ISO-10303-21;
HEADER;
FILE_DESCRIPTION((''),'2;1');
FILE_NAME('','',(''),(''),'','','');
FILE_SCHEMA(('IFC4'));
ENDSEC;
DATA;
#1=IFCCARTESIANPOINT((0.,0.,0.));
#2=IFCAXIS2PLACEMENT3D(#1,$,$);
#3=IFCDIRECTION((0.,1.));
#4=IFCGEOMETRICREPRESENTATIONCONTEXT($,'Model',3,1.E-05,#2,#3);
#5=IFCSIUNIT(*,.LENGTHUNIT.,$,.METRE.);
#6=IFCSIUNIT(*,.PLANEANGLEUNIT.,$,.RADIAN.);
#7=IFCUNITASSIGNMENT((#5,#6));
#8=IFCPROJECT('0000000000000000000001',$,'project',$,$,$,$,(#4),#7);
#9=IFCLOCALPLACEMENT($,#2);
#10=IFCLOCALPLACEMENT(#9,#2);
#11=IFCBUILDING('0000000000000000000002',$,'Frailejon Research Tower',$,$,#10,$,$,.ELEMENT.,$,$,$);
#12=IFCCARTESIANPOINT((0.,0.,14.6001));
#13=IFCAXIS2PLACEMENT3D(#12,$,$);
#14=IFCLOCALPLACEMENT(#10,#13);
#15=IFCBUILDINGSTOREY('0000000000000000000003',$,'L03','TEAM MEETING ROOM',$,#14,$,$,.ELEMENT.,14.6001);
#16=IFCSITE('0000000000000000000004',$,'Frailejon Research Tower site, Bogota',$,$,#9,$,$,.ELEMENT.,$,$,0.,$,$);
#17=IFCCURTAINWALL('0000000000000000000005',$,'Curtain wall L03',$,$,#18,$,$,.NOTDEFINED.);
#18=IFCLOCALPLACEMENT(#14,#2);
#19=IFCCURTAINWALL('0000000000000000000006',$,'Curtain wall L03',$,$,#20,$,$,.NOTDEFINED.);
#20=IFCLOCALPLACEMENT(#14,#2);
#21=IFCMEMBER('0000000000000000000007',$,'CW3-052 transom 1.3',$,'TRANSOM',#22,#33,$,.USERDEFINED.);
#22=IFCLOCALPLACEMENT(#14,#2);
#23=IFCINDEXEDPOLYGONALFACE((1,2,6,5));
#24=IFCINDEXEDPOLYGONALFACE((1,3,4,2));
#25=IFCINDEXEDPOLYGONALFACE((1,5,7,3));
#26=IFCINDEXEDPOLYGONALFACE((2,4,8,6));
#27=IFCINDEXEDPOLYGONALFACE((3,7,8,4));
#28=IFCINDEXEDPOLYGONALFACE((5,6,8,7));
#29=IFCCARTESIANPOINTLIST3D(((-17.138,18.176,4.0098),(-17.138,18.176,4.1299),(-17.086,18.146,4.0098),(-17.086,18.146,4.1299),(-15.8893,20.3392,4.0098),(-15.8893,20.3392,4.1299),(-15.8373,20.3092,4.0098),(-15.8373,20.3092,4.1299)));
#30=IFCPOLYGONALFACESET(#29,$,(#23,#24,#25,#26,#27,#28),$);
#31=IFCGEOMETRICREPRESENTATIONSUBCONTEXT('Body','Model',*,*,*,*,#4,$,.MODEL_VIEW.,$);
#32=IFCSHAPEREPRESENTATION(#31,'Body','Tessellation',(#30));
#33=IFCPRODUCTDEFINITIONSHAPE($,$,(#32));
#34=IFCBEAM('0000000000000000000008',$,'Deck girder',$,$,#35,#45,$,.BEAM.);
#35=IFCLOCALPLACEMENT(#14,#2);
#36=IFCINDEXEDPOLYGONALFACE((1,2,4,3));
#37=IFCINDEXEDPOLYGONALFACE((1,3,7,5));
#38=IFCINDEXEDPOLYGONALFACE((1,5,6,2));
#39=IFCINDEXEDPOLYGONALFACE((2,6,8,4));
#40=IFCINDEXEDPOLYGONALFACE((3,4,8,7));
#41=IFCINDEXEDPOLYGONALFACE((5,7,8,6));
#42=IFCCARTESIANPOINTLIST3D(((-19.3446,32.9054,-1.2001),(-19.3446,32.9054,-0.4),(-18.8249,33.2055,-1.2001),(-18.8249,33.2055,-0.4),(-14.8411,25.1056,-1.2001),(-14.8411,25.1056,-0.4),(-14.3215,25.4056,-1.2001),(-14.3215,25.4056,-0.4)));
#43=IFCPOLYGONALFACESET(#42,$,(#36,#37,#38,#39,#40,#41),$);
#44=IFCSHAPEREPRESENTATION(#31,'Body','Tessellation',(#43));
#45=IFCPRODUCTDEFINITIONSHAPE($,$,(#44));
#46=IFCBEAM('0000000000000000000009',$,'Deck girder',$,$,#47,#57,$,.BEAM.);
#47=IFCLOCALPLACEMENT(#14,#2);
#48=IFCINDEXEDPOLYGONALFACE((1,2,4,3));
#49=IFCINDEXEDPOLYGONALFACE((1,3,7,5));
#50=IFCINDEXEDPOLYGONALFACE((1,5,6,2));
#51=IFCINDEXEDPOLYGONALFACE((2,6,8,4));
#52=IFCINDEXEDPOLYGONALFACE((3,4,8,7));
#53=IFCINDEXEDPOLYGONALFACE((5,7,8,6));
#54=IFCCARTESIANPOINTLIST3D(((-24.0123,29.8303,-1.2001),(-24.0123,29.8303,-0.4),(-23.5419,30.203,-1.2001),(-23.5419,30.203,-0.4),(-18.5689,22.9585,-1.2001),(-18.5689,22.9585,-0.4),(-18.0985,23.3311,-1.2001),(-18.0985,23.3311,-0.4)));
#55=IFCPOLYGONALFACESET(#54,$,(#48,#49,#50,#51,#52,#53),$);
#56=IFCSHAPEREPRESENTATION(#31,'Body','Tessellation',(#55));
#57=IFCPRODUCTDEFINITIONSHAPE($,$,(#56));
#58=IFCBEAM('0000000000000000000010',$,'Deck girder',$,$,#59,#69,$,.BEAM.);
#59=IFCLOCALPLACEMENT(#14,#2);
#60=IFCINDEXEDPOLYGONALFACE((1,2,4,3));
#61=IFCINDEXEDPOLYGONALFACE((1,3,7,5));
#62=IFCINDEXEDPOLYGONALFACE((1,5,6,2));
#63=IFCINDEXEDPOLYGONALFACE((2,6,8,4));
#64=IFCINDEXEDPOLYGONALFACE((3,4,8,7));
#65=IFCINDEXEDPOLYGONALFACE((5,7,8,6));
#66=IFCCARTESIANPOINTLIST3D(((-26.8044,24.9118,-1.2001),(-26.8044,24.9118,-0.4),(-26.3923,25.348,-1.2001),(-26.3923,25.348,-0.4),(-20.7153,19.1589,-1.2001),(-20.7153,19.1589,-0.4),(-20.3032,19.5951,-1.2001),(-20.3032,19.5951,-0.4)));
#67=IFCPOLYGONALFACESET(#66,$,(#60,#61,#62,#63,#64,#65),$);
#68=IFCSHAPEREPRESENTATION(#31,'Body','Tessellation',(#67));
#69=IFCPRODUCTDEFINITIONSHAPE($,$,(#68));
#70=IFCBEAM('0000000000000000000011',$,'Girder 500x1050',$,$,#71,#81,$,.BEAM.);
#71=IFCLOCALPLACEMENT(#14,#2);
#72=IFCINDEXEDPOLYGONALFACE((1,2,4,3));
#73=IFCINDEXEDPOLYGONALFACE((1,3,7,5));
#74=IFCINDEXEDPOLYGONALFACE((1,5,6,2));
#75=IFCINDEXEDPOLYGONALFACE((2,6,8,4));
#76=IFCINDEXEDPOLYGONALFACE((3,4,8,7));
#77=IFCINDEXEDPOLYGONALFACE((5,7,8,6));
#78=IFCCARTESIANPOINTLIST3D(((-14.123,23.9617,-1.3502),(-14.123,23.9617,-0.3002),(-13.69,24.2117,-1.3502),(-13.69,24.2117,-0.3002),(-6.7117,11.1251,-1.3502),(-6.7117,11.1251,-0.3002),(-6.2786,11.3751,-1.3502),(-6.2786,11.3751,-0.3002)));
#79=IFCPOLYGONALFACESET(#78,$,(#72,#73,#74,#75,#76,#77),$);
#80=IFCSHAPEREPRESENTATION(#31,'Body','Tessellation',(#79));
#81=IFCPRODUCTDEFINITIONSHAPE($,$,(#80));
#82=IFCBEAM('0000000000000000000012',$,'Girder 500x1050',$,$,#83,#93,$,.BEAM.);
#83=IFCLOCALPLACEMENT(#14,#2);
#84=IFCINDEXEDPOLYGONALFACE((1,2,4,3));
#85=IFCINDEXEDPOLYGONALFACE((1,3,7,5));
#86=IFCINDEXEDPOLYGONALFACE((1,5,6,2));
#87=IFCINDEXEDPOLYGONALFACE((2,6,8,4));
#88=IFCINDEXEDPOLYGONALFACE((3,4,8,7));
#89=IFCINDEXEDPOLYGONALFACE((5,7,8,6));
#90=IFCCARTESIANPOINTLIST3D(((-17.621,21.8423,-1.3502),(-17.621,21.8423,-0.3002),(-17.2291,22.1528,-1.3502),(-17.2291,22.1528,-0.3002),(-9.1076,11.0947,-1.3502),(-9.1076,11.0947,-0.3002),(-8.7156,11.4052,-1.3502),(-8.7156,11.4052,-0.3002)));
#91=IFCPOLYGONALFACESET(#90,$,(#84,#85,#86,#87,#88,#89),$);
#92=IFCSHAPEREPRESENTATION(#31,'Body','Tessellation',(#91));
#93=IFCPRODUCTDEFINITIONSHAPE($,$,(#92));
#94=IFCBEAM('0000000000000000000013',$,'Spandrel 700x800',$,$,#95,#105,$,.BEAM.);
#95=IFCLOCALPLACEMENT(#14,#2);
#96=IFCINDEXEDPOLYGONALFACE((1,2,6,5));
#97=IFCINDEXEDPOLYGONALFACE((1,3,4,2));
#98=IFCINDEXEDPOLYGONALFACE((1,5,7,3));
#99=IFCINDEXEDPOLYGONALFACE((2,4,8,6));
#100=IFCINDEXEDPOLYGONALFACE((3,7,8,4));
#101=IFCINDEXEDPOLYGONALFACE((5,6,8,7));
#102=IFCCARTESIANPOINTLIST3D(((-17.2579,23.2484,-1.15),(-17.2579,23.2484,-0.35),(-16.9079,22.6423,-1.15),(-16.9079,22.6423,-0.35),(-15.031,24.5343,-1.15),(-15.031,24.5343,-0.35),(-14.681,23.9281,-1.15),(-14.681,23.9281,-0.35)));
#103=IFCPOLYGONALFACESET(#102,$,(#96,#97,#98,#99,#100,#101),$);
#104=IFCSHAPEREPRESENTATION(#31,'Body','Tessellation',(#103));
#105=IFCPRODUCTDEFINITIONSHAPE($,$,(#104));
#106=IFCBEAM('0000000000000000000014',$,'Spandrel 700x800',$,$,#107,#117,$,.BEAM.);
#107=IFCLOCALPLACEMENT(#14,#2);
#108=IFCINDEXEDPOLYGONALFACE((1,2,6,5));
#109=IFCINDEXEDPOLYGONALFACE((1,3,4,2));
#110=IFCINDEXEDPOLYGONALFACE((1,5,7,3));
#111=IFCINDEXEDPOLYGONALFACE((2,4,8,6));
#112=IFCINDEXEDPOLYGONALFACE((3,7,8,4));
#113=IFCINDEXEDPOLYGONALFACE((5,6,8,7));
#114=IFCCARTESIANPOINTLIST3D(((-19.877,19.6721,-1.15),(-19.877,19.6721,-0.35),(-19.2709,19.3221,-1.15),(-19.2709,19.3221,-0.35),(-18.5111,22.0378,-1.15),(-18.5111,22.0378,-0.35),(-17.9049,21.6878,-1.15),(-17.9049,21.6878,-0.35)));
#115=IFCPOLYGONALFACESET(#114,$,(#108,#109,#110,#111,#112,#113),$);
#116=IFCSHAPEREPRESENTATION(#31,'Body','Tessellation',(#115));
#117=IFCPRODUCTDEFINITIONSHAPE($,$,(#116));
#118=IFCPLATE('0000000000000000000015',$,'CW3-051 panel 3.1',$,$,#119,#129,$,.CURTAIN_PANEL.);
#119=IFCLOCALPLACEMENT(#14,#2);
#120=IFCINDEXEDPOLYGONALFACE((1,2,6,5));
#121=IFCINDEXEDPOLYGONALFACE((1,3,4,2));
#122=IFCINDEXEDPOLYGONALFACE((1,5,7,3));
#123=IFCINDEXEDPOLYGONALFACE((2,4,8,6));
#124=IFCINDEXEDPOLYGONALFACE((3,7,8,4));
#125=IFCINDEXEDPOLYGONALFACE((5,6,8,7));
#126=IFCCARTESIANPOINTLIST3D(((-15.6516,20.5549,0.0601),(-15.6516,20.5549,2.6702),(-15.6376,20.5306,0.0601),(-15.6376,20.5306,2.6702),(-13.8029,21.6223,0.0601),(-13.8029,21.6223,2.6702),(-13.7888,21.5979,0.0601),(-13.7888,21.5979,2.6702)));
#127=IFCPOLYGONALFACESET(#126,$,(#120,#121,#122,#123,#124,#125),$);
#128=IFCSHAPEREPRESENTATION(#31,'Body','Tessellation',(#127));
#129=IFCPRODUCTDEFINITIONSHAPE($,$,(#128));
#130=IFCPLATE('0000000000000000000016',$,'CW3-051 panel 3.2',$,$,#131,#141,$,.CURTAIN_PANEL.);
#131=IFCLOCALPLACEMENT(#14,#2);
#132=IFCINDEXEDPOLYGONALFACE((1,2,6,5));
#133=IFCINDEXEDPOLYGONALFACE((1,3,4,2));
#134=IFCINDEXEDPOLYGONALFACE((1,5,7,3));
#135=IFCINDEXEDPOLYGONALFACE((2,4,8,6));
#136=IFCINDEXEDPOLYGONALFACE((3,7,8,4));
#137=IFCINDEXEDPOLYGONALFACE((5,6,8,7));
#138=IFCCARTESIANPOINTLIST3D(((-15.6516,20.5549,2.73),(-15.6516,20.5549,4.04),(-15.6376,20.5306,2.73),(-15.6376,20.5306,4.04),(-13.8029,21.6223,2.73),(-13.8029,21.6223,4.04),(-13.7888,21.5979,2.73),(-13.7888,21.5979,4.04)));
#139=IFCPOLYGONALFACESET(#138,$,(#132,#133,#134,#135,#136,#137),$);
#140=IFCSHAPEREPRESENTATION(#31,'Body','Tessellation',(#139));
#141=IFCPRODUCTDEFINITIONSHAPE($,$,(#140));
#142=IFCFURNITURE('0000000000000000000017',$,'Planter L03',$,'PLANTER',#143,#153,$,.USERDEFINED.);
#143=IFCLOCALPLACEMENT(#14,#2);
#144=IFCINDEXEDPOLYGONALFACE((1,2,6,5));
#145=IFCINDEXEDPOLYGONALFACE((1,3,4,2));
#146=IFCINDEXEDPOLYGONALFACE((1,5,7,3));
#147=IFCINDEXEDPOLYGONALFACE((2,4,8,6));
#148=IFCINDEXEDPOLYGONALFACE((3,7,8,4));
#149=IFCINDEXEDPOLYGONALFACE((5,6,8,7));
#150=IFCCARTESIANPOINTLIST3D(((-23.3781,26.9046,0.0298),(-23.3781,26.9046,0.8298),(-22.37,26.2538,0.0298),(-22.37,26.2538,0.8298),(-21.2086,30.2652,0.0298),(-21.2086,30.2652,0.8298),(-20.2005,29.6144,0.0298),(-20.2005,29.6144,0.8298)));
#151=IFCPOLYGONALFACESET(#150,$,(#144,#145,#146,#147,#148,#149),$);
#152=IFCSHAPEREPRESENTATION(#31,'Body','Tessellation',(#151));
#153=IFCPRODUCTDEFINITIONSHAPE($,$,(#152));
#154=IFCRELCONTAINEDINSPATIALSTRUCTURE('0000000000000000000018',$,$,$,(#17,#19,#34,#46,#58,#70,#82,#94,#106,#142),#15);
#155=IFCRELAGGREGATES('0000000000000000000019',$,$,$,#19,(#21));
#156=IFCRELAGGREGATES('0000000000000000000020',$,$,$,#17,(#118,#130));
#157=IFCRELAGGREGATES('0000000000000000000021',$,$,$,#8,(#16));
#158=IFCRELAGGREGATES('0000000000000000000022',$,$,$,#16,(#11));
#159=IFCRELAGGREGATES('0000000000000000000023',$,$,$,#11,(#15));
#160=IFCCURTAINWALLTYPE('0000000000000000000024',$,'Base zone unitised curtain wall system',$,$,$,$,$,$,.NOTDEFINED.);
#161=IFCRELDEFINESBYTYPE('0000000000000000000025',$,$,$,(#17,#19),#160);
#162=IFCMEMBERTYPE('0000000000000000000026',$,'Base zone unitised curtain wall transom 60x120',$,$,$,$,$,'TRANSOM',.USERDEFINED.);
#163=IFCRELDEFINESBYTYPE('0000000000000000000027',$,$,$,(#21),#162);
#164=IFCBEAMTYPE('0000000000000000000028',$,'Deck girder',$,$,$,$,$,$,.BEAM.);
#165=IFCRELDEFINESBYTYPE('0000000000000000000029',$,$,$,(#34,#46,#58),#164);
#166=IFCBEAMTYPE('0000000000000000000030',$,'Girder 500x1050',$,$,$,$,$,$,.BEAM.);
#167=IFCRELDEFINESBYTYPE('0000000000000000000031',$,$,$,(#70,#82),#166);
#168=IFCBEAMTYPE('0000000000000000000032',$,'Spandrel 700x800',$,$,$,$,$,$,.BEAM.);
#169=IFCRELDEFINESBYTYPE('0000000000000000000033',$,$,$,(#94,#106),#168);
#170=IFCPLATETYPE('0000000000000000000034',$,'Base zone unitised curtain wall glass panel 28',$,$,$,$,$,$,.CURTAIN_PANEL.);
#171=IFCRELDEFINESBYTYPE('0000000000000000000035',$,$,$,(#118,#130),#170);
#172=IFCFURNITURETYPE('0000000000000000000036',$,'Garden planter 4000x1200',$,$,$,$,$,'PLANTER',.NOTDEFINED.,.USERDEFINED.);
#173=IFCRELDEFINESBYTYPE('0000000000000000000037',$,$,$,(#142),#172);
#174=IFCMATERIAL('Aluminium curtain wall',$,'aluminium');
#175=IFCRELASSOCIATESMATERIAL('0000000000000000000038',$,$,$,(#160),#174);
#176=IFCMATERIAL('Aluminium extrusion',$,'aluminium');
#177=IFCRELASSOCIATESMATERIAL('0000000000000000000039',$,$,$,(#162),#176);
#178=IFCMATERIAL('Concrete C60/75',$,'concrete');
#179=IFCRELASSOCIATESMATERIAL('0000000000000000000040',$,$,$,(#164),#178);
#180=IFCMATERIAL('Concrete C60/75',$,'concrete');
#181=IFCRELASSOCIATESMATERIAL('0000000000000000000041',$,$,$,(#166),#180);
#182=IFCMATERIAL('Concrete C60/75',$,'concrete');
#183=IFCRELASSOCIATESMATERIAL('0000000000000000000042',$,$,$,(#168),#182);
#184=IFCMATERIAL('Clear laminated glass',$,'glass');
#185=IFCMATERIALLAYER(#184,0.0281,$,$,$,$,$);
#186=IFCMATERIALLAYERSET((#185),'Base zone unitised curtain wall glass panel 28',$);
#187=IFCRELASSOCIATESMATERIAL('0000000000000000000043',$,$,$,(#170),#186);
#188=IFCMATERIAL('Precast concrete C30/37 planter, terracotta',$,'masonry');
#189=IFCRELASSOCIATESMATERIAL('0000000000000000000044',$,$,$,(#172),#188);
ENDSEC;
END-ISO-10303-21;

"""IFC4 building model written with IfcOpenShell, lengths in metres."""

from ifc_helpers import new_model, si_unit, direction, frame, origin, origin_2d, place, context, subcontext, project, spatial, rectangle, extrude, material, layer, layer_set, material_profile, profile_set, type_object, element, aggregate, save


model = new_model("IFC4")

# Units and contexts
model_context = context("Model", 3, precision=1e-05, world=origin(), true_north=direction((0.0, 1.0)))
body_context = subcontext(model_context, "Body", "Model", "MODEL_VIEW")
ifc_project = project(units=[si_unit("LENGTHUNIT", "METRE"), si_unit("PLANEANGLEUNIT", "RADIAN")], contexts=[model_context])

# Site, building, storey
site_placement = place(None, origin())
site = spatial("IfcSite", under=ifc_project, at=site_placement, Name="Frailejon Research Tower site, Bogota", CompositionType="ELEMENT", RefElevation=0.0)
building_placement = place(site_placement, origin())
building = spatial("IfcBuilding", under=site, at=building_placement, Name="Frailejon Research Tower", CompositionType="ELEMENT")
storey_placement = place(building_placement, frame((0.0, 0.0, 14.6001)))
storey = spatial("IfcBuildingStorey", under=building, at=storey_placement, Name="L03", Description="TEAM MEETING ROOM", CompositionType="ELEMENT", Elevation=14.6001)

# Curtain wall
ifc_material_1 = material(Name="Aluminium curtain wall", Category="aluminium")
curtain_wall_type = type_object("IfcCurtainWallType", Name="Base zone unitised curtain wall system", PredefinedType="NOTDEFINED", material=ifc_material_1)
curtain_wall_1_placement = place(storey_placement, origin())
curtain_wall_1 = element("IfcCurtainWall", 1, at=curtain_wall_1_placement, inside=storey, type_object=curtain_wall_type, Name="Curtain wall L03", PredefinedType="NOTDEFINED")

# Curtain wall
curtain_wall_2_placement = place(storey_placement, origin())
curtain_wall_2 = element("IfcCurtainWall", 2, at=curtain_wall_2_placement, inside=storey, type_object=curtain_wall_type, Name="Curtain wall L03", PredefinedType="NOTDEFINED")

# Member
ifc_material_2 = material(Name="Aluminium extrusion", Category="aluminium")
ifc_material_profile_1 = material_profile(ifc_material_2, rectangle(XDim=0.0601, YDim=0.1201, at=origin_2d()), Name="Base zone unitised curtain wall transom 60x120")
ifc_profile_set_1 = profile_set([ifc_material_profile_1], Name="Aluminium extrusion")
member_type_1 = type_object("IfcMemberType", Name="Base zone unitised curtain wall transom 60x120", ElementType="TRANSOM", PredefinedType="USERDEFINED", material=ifc_profile_set_1)
member_1_placement = place(storey_placement, frame((-15.8633, 20.3242, 4.0698), z_axis=(-0.499934, -0.866064, 0.0), x_axis=(0.866064, -0.499934, 0.0)))
member_1 = element("IfcMember", 3, at=member_1_placement, type_object=member_type_1, Name="CW3-052 transom 1.3", ObjectType="TRANSOM", PredefinedType="USERDEFINED", context=body_context, shape_type="SweptSolid", body=[
    extrude(rectangle(XDim=0.0601, YDim=0.1201, at=origin_2d()), origin(), (0.0, 0.0, 1.0), 2.4978),
])
aggregate(curtain_wall_2, [member_1])

# Beams
ifc_material_3 = material(Name="Concrete C60/75", Category="concrete")
ifc_material_profile_2 = material_profile(ifc_material_3, rectangle(XDim=0.6001, YDim=0.8, at=origin_2d()), Name="Deck girder")
ifc_profile_set_2 = profile_set([ifc_material_profile_2], Name="Concrete C60/75")
beam_type_1 = type_object("IfcBeamType", Name="Deck girder", PredefinedType="BEAM", material=ifc_profile_set_2)
beam_1_placement = place(storey_placement, frame((-14.5813, 25.2556, -0.8), z_axis=(-0.500017, 0.866016, 0.0), x_axis=(-0.866016, -0.500017, 0.0)))
element("IfcBeam", 4, at=beam_1_placement, inside=storey, type_object=beam_type_1, Name="Deck girder", PredefinedType="BEAM", context=body_context, shape_type="SweptSolid", body=[
    extrude(rectangle(XDim=0.6001, YDim=0.8, at=origin_2d()), origin(), (0.0, 0.0, 1.0), 9.0066),
])
beam_2_placement = place(storey_placement, frame((-18.3337, 23.1448, -0.8), z_axis=(-0.620925, 0.78387, 0.0), x_axis=(-0.78387, -0.620925, 0.0)))
element("IfcBeam", 5, at=beam_2_placement, inside=storey, type_object=beam_type_1, Name="Deck girder", PredefinedType="BEAM", context=body_context, shape_type="SweptSolid", body=[
    extrude(rectangle(XDim=0.6001, YDim=0.8, at=origin_2d()), origin(), (0.0, 0.0, 1.0), 8.7666),
])
beam_3_placement = place(storey_placement, frame((-20.5093, 19.377, -0.8), z_axis=(-0.726888, 0.686756, 0.0), x_axis=(-0.686756, -0.726888, 0.0)))
element("IfcBeam", 6, at=beam_3_placement, inside=storey, type_object=beam_type_1, Name="Deck girder", PredefinedType="BEAM", context=body_context, shape_type="SweptSolid", body=[
    extrude(rectangle(XDim=0.6001, YDim=0.8, at=origin_2d()), origin(), (0.0, 0.0, 1.0), 8.377),
])
ifc_material_4 = material(Name="Concrete C60/75", Category="concrete")
ifc_material_profile_3 = material_profile(ifc_material_4, rectangle(XDim=0.5, YDim=1.05, at=origin_2d()), Name="Girder 500x1050")
ifc_profile_set_3 = profile_set([ifc_material_profile_3], Name="Concrete C60/75")
beam_type_2 = type_object("IfcBeamType", Name="Girder 500x1050", PredefinedType="BEAM", material=ifc_profile_set_3)
beam_4_placement = place(storey_placement, frame((-13.9065, 24.0867, -0.8252), z_axis=(0.500006, -0.866022, 0.0), x_axis=(0.866022, 0.500006, 0.0)))
element("IfcBeam", 7, at=beam_4_placement, inside=storey, type_object=beam_type_2, Name="Girder 500x1050", PredefinedType="BEAM", context=body_context, shape_type="SweptSolid", body=[
    extrude(rectangle(XDim=0.5, YDim=1.05, at=origin_2d()), origin(), (0.0, 0.0, 1.0), 14.8225),
])
beam_5_placement = place(storey_placement, frame((-17.425, 21.9976, -0.8252), z_axis=(0.620925, -0.78387, 0.0), x_axis=(0.78387, 0.620925, 0.0)))
element("IfcBeam", 8, at=beam_5_placement, inside=storey, type_object=beam_type_2, Name="Girder 500x1050", PredefinedType="BEAM", context=body_context, shape_type="SweptSolid", body=[
    extrude(rectangle(XDim=0.5, YDim=1.05, at=origin_2d()), origin(), (0.0, 0.0, 1.0), 13.7109),
])
ifc_material_5 = material(Name="Concrete C60/75", Category="concrete")
ifc_material_profile_4 = material_profile(ifc_material_5, rectangle(XDim=0.7, YDim=0.8, at=origin_2d()), Name="Spandrel 700x800")
ifc_profile_set_4 = profile_set([ifc_material_profile_4], Name="Concrete C60/75")
beam_type_3 = type_object("IfcBeamType", Name="Spandrel 700x800", PredefinedType="BEAM", material=ifc_profile_set_4)
beam_6_placement = place(storey_placement, frame((-14.856, 24.2312, -0.75), z_axis=(-0.866009, -0.500029, 0.0), x_axis=(0.500029, -0.866009, 0.0)))
element("IfcBeam", 9, at=beam_6_placement, inside=storey, type_object=beam_type_3, Name="Spandrel 700x800", PredefinedType="BEAM", context=body_context, shape_type="SweptSolid", body=[
    extrude(rectangle(XDim=0.7, YDim=0.8, at=origin_2d()), origin(), (0.0, 0.0, 1.0), 2.5715),
])
beam_7_placement = place(storey_placement, frame((-18.208, 21.8628, -0.75), z_axis=(-0.500032, -0.866007, 0.0), x_axis=(0.866007, -0.500032, 0.0)))
element("IfcBeam", 10, at=beam_7_placement, inside=storey, type_object=beam_type_3, Name="Spandrel 700x800", PredefinedType="BEAM", context=body_context, shape_type="SweptSolid", body=[
    extrude(rectangle(XDim=0.7, YDim=0.8, at=origin_2d()), origin(), (0.0, 0.0, 1.0), 2.7317),
])

# Plates
ifc_material_6 = material(Name="Clear laminated glass", Category="glass")
ifc_layer = layer(ifc_material_6, 0.0281)
ifc_layer_set = layer_set([ifc_layer], Name="Base zone unitised curtain wall glass panel 28")
plate_type = type_object("IfcPlateType", Name="Base zone unitised curtain wall glass panel 28", PredefinedType="CURTAIN_PANEL", material=ifc_layer_set)
plate_1_placement = place(storey_placement, frame((-14.7202, 21.0764, 0.0601), z_axis=(0.0, 0.0, 1.0), x_axis=(-0.866026, -0.499998, 0.0)))
plate_1 = element("IfcPlate", 11, at=plate_1_placement, type_object=plate_type, Name="CW3-051 panel 3.1", PredefinedType="CURTAIN_PANEL", context=body_context, shape_type="SweptSolid", body=[
    extrude(rectangle(XDim=2.1348, YDim=0.0281, at=origin_2d()), origin(), (0.0, 0.0, 1.0), 2.6101),
])
plate_2_placement = place(storey_placement, frame((-14.7202, 21.0764, 2.73), z_axis=(0.0, 0.0, 1.0), x_axis=(-0.866026, -0.499998, 0.0)))
plate_2 = element("IfcPlate", 12, at=plate_2_placement, type_object=plate_type, Name="CW3-051 panel 3.2", PredefinedType="CURTAIN_PANEL", context=body_context, shape_type="SweptSolid", body=[
    extrude(rectangle(XDim=2.1348, YDim=0.0281, at=origin_2d()), origin(), (0.0, 0.0, 1.0), 1.3101),
])
aggregate(curtain_wall_1, [plate_1, plate_2])

# Furniture
ifc_material_7 = material(Name="Precast concrete C30/37 planter, terracotta", Category="masonry")
furniture_type = type_object("IfcFurnitureType", Name="Garden planter 4000x1200", ElementType="PLANTER", AssemblyPlace="NOTDEFINED", PredefinedType="USERDEFINED", material=ifc_material_7)
furniture_placement = place(storey_placement, frame((-21.7893, 28.2595, 0.0298), z_axis=(0.0, 0.0, 1.0), x_axis=(-0.542364, -0.840144, 0.0)))
element("IfcFurniture", 13, at=furniture_placement, inside=storey, type_object=furniture_type, Name="Planter L03", ObjectType="PLANTER", PredefinedType="USERDEFINED", context=body_context, shape_type="SweptSolid", body=[
    extrude(rectangle(XDim=4.0, YDim=1.2, at=origin_2d()), origin(), (0.0, 0.0, 1.0), 0.8),
])

save(model, "model.ifc")
